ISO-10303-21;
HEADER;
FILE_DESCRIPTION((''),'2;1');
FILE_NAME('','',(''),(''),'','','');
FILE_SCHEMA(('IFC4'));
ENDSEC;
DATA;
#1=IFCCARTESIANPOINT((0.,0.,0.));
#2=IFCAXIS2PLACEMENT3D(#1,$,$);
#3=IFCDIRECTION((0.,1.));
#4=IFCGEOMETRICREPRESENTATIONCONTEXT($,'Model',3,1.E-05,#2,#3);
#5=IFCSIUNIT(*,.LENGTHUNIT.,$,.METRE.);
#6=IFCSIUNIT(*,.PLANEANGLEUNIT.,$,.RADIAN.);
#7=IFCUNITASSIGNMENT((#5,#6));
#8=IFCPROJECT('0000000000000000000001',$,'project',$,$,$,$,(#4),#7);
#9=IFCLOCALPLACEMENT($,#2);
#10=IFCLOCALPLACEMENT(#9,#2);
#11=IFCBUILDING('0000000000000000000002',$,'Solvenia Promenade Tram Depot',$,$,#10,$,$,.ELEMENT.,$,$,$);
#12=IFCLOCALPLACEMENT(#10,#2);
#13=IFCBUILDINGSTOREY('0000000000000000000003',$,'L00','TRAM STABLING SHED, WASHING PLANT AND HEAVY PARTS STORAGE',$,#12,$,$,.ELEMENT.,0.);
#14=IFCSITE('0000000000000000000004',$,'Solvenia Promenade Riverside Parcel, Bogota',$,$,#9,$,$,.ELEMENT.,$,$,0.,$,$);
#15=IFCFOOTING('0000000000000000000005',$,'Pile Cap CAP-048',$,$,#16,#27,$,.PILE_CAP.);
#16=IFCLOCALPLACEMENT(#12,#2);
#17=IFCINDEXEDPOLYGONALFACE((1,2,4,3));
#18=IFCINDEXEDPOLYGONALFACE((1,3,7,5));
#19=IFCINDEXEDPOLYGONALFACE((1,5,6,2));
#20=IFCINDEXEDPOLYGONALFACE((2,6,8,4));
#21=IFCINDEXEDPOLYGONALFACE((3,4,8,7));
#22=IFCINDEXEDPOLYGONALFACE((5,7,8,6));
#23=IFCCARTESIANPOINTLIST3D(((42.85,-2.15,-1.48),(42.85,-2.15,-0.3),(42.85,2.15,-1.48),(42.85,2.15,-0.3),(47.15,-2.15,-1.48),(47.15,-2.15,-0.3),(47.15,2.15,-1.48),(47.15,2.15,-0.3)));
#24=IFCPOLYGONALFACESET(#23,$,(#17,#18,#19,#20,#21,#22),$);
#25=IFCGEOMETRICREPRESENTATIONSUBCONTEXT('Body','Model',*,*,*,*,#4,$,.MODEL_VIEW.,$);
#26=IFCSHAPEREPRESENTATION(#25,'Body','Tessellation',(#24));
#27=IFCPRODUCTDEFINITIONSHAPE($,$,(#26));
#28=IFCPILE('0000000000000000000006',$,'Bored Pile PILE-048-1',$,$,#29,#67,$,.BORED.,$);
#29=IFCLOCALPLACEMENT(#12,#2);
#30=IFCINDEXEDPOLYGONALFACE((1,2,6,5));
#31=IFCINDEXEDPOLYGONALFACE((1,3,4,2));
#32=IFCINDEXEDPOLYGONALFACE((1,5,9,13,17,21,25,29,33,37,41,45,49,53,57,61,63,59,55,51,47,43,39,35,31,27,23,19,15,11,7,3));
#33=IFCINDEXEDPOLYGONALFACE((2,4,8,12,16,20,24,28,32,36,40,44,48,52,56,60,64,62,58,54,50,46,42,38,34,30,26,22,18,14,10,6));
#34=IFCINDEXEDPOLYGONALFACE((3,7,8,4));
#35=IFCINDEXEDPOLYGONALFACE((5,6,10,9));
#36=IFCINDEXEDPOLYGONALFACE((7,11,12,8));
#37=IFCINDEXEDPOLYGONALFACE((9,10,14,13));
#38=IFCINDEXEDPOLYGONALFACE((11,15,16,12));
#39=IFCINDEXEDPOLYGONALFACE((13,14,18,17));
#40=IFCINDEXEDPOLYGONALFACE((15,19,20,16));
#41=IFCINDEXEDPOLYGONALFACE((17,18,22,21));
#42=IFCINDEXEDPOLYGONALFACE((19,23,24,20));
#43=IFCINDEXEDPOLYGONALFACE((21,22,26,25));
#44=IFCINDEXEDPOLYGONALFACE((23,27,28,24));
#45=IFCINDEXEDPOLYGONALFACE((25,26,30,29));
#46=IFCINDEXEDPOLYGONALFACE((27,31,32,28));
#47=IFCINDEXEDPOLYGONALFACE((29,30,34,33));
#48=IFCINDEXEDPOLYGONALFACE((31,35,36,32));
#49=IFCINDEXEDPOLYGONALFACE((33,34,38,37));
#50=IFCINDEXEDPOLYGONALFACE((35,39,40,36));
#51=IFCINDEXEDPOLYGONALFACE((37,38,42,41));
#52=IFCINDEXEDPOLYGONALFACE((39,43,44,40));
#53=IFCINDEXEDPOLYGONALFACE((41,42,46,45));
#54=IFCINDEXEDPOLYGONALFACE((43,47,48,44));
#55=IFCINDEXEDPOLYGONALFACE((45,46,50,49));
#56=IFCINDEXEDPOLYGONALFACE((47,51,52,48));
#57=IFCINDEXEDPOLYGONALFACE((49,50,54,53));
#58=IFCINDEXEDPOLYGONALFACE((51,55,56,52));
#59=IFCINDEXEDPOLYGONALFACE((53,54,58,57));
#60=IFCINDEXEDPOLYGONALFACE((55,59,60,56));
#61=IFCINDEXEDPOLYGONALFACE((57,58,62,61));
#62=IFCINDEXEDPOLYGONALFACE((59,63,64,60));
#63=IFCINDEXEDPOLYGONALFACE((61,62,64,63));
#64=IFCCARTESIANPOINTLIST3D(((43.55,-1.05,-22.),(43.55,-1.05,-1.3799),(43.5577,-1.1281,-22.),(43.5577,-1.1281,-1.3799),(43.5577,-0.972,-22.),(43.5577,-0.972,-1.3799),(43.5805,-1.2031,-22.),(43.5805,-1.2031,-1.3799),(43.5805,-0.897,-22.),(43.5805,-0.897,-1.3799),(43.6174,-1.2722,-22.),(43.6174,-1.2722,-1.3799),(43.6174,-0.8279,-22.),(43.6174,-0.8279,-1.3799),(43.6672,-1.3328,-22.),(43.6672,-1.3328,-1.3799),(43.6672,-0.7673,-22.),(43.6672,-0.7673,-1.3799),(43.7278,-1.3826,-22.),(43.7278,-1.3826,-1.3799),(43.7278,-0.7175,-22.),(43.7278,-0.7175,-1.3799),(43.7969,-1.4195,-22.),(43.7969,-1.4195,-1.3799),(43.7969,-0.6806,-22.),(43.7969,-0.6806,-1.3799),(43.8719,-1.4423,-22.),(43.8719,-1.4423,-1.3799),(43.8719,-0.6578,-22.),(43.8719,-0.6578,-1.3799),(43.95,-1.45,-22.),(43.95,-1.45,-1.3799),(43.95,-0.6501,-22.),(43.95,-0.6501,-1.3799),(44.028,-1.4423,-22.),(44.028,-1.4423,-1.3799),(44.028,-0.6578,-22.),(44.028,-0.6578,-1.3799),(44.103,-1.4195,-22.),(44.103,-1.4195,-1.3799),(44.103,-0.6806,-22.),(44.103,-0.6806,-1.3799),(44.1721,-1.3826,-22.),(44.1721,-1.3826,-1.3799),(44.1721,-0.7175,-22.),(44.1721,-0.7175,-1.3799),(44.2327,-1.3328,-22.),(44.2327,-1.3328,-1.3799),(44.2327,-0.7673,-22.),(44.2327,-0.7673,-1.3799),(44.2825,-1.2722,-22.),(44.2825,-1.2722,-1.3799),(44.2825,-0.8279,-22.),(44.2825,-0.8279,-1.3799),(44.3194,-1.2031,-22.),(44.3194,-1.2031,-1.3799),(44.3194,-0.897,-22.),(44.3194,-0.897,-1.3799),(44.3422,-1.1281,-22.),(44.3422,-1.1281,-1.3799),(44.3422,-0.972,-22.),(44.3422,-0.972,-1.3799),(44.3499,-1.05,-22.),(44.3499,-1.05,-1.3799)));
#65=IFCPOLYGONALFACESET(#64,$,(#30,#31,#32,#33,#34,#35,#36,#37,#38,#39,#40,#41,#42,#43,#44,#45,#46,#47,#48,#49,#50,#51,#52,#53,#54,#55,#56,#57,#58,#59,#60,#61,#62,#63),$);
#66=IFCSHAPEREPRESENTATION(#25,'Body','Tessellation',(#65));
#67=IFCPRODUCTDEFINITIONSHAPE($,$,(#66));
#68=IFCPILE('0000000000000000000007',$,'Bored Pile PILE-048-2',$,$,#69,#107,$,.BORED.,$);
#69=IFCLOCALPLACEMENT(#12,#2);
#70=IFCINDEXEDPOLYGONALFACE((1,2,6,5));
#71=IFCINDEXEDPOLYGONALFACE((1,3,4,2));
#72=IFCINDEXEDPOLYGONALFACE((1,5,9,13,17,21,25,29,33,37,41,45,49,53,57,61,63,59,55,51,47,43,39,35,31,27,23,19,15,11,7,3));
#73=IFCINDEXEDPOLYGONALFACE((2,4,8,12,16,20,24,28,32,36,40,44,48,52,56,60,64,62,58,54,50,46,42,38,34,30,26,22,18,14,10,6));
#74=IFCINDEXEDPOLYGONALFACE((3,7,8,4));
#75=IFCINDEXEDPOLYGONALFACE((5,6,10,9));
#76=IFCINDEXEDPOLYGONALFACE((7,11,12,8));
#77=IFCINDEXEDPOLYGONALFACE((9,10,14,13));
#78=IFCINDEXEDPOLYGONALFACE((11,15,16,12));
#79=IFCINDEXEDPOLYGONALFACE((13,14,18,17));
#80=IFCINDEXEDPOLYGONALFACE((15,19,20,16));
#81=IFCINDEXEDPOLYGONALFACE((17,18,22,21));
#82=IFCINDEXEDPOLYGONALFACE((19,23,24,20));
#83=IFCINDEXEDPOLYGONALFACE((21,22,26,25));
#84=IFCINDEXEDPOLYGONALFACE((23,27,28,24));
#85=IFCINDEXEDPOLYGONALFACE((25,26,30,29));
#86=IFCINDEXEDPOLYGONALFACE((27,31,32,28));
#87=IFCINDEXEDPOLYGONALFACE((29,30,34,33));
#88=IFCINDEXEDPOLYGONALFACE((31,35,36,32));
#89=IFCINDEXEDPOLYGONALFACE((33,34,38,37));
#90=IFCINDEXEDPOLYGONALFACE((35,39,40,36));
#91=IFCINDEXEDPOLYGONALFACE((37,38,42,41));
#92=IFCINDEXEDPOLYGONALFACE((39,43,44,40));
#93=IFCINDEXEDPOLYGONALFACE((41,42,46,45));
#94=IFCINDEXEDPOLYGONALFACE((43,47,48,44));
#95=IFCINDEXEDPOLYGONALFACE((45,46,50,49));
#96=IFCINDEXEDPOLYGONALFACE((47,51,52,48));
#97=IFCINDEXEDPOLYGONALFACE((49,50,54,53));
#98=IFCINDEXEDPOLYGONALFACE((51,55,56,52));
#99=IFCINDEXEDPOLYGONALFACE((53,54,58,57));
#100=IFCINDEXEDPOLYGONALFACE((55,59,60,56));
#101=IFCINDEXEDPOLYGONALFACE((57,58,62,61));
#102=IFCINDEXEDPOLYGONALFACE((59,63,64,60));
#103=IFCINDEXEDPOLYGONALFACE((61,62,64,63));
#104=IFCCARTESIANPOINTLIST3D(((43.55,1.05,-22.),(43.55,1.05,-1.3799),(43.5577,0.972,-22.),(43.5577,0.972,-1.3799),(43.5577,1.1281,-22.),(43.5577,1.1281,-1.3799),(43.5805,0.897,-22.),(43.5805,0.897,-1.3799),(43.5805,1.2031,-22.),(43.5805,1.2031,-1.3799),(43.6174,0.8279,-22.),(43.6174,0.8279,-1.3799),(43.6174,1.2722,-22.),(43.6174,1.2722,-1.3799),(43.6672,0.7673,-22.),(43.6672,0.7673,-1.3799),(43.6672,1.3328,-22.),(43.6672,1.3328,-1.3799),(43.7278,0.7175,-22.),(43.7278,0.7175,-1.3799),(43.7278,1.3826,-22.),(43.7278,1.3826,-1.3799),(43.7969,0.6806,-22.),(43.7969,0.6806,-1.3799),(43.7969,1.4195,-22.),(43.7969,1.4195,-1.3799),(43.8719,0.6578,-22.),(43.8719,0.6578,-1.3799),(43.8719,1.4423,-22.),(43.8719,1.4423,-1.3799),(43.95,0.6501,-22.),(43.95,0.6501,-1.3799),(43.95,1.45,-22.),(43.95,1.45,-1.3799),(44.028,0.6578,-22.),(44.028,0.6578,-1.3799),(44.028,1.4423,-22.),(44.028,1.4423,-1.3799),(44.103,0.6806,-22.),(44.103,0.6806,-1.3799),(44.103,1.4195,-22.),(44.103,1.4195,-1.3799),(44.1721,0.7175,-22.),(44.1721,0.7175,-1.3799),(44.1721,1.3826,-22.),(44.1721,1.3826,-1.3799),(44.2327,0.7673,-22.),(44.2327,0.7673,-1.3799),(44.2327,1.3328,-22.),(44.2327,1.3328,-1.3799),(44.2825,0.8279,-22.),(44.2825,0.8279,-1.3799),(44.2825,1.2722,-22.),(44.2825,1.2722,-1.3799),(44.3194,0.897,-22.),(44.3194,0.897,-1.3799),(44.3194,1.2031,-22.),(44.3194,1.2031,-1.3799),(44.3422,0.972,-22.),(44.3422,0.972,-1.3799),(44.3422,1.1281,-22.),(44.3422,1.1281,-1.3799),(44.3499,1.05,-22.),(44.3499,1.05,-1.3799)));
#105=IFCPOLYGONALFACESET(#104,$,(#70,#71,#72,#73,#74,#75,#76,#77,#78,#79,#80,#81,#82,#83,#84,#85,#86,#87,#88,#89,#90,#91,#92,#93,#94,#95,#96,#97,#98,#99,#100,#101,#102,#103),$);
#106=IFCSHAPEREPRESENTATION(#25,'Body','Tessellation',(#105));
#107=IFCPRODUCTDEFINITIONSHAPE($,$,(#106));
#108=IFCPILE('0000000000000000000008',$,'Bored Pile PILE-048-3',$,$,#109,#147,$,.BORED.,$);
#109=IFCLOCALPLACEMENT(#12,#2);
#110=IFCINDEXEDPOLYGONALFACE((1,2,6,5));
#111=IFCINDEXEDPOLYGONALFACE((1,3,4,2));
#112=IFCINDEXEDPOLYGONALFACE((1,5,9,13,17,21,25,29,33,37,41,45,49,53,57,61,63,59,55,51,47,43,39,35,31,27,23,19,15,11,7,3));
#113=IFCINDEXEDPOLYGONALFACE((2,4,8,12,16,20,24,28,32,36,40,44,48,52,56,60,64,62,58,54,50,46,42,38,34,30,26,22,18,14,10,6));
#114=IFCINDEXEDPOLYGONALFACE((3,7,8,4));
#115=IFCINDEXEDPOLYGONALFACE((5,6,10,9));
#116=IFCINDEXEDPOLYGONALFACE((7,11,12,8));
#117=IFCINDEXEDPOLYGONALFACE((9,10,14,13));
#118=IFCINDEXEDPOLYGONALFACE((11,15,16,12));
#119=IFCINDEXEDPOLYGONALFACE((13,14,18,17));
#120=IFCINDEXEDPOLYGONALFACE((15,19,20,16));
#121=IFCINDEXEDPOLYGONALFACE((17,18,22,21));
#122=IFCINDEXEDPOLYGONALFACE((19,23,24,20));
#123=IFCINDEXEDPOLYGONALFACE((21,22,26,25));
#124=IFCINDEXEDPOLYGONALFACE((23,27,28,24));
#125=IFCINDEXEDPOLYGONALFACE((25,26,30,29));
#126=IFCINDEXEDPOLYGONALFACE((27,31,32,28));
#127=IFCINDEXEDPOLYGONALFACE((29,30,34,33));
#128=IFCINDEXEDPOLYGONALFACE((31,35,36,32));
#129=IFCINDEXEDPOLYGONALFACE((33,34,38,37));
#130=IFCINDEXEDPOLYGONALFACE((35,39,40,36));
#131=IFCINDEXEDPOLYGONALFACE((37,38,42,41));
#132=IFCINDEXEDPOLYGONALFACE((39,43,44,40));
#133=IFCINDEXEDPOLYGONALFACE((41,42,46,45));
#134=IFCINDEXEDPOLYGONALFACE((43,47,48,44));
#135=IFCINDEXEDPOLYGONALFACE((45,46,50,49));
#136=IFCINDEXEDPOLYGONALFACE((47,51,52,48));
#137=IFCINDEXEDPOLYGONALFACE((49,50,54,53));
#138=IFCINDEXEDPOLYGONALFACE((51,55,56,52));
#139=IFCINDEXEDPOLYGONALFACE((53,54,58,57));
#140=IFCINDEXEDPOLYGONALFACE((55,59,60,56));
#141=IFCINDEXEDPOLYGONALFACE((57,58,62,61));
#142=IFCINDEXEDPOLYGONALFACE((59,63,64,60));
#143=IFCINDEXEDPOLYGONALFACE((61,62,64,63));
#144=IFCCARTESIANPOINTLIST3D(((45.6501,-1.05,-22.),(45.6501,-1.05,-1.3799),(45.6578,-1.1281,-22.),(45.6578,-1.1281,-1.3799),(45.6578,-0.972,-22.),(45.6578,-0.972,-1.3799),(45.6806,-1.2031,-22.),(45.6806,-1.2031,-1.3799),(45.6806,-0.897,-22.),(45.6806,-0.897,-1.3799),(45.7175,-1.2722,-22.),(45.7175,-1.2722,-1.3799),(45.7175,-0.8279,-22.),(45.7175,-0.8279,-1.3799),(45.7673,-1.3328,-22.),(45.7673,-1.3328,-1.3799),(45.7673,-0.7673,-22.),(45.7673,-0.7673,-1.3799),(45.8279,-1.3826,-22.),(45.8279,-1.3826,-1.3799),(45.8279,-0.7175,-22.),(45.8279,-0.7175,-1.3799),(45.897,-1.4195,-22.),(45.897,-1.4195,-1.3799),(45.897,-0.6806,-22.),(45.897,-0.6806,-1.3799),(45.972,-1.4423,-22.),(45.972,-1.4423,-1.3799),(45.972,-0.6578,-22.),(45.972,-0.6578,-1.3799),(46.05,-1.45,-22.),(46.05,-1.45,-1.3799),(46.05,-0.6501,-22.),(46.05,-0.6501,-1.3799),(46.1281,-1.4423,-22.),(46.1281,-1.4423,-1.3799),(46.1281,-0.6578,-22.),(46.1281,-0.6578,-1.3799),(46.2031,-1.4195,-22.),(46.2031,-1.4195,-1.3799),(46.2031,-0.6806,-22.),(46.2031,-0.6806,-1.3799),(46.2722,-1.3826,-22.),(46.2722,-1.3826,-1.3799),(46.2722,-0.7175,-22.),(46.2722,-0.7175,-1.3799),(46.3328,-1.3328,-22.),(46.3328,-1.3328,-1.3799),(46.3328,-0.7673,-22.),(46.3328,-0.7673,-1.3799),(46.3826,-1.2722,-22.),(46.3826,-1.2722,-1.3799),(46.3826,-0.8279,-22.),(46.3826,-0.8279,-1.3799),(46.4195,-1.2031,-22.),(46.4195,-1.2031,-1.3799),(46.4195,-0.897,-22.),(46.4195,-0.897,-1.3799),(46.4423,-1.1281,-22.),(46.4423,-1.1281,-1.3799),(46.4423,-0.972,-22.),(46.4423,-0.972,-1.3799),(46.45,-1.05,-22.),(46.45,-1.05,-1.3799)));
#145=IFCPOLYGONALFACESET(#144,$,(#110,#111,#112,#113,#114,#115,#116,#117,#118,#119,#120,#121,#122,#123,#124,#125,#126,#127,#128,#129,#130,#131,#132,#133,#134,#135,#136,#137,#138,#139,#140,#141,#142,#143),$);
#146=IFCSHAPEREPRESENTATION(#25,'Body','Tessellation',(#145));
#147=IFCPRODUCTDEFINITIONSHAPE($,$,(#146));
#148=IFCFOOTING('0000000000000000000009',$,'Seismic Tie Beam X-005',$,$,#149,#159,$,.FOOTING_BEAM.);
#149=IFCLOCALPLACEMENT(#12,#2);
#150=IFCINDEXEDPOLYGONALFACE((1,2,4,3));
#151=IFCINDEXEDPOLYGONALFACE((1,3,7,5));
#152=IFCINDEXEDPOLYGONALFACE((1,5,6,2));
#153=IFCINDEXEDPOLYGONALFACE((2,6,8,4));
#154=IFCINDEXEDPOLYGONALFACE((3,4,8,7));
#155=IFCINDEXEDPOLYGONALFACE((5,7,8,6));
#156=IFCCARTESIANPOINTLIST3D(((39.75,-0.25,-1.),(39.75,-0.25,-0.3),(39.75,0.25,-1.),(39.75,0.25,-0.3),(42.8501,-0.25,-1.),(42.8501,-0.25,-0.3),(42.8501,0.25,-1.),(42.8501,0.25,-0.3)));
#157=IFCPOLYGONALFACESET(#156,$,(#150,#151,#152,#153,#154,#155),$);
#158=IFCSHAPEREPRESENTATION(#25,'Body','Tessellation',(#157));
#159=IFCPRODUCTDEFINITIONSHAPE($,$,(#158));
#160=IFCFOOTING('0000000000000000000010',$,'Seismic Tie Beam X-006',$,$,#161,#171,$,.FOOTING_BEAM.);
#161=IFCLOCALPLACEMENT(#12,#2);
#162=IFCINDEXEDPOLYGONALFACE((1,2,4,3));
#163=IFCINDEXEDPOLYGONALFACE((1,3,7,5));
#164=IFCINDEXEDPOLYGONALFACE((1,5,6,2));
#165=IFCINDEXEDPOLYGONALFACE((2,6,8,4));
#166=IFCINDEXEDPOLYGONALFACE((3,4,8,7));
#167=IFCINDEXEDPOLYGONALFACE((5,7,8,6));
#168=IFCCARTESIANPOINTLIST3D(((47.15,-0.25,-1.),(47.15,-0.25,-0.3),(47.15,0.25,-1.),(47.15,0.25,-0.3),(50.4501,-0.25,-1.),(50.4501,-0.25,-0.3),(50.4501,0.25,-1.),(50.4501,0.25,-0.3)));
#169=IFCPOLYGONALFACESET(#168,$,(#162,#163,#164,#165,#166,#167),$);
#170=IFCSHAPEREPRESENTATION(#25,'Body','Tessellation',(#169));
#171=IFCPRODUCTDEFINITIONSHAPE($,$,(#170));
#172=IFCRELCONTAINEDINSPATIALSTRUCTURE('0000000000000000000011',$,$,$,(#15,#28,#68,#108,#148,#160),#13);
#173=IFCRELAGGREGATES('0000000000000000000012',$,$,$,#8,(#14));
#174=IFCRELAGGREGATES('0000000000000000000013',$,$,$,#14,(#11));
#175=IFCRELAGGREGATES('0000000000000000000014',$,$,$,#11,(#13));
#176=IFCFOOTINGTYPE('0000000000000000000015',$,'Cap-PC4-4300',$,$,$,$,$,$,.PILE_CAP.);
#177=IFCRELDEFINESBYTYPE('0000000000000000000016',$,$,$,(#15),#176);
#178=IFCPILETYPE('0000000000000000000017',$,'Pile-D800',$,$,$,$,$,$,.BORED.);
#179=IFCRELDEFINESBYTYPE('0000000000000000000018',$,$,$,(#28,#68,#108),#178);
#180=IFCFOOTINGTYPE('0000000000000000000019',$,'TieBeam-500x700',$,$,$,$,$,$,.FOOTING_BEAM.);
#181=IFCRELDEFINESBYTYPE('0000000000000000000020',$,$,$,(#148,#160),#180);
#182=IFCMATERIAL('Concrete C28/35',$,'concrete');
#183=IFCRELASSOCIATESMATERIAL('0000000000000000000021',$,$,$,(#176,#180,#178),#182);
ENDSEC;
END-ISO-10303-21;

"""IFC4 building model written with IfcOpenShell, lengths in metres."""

from ifc_helpers import new_model, si_unit, direction, frame, origin, origin_2d, place, context, subcontext, project, spatial, rectangle, circle, extrude, material, material_profile, profile_set, type_object, element, save


model = new_model("IFC4")

# Units and contexts
model_context = context("Model", 3, precision=1e-05, world=origin(), true_north=direction((0.0, 1.0)))
body_context = subcontext(model_context, "Body", "Model", "MODEL_VIEW")
ifc_project = project(units=[si_unit("LENGTHUNIT", "METRE"), si_unit("PLANEANGLEUNIT", "RADIAN")], contexts=[model_context])

# Site, building, storey
site_placement = place(None, origin())
site = spatial("IfcSite", under=ifc_project, at=site_placement, Name="Solvenia Promenade Riverside Parcel, Bogota", CompositionType="ELEMENT", RefElevation=0.0)
building_placement = place(site_placement, origin())
building = spatial("IfcBuilding", under=site, at=building_placement, Name="Solvenia Promenade Tram Depot", CompositionType="ELEMENT")
storey_placement = place(building_placement, origin())
storey = spatial("IfcBuildingStorey", under=building, at=storey_placement, Name="L00", Description="TRAM STABLING SHED, WASHING PLANT AND HEAVY PARTS STORAGE", CompositionType="ELEMENT", Elevation=0.0)

# Footing
ifc_material_1 = material(Name="Concrete C28/35", Category="concrete")
footing_type_1 = type_object("IfcFootingType", Name="Cap-PC4-4300", PredefinedType="PILE_CAP", material=ifc_material_1)
footing_1_placement = place(storey_placement, frame((45.0, 0.0, -1.48), z_axis=(0.0, 0.0, 1.0), x_axis=(1.0, 0.0, 0.0)))
element("IfcFooting", 1, at=footing_1_placement, inside=storey, type_object=footing_type_1, Name="Pile Cap CAP-048", PredefinedType="PILE_CAP", context=body_context, shape_type="SweptSolid", body=[
    extrude(rectangle(XDim=4.3, YDim=4.3, at=origin_2d()), origin(), (0.0, 0.0, 1.0), 1.1799),
])

# Piles
ifc_material_profile_1 = material_profile(ifc_material_1, circle(Radius=0.3999, at=origin_2d()), Name="D800", Category="concrete")
ifc_profile_set_1 = profile_set([ifc_material_profile_1], Name="Concrete C28/35")
pile_type = type_object("IfcPileType", Name="Pile-D800", PredefinedType="BORED", material=ifc_profile_set_1)
for number, where, z_axis, x_axis, name in (
    (2, (43.95, -1.05, -1.3799), (0.0, 0.0, -1.0), (1.0, 0.0, 0.0), "Bored Pile PILE-048-1"),
    (3, (43.95, 1.05, -1.3799), (0.0, 0.0, -1.0), (1.0, 0.0, 0.0), "Bored Pile PILE-048-2"),
    (4, (46.05, -1.05, -1.3799), (0.0, 0.0, -1.0), (1.0, 0.0, 0.0), "Bored Pile PILE-048-3"),
):
    element("IfcPile", number, at=place(storey_placement, frame(where, z_axis=z_axis, x_axis=x_axis)), inside=storey, type_object=pile_type, Name=name, PredefinedType="BORED", context=body_context, shape_type="SweptSolid", body=[
        extrude(circle(Radius=0.3999, at=origin_2d()), origin(), (0.0, 0.0, 1.0), 20.6201),
    ])

# Footings
footing_type_2 = type_object("IfcFootingType", Name="TieBeam-500x700", PredefinedType="FOOTING_BEAM", material=ifc_material_1)
footing_2_placement = place(storey_placement, frame((41.3, 0.0, -1.0), z_axis=(0.0, 0.0, 1.0), x_axis=(1.0, 0.0, 0.0)))
element("IfcFooting", 5, at=footing_2_placement, inside=storey, type_object=footing_type_2, Name="Seismic Tie Beam X-005", PredefinedType="FOOTING_BEAM", context=body_context, shape_type="SweptSolid", body=[
    extrude(rectangle(XDim=3.1001, YDim=0.5, at=origin_2d()), origin(), (0.0, 0.0, 1.0), 0.7),
])
footing_3_placement = place(storey_placement, frame((48.8, 0.0, -1.0), z_axis=(0.0, 0.0, 1.0), x_axis=(1.0, 0.0, 0.0)))
element("IfcFooting", 6, at=footing_3_placement, inside=storey, type_object=footing_type_2, Name="Seismic Tie Beam X-006", PredefinedType="FOOTING_BEAM", context=body_context, shape_type="SweptSolid", body=[
    extrude(rectangle(XDim=3.3, YDim=0.5, at=origin_2d()), origin(), (0.0, 0.0, 1.0), 0.7),
])

save(model, "model.ifc")
